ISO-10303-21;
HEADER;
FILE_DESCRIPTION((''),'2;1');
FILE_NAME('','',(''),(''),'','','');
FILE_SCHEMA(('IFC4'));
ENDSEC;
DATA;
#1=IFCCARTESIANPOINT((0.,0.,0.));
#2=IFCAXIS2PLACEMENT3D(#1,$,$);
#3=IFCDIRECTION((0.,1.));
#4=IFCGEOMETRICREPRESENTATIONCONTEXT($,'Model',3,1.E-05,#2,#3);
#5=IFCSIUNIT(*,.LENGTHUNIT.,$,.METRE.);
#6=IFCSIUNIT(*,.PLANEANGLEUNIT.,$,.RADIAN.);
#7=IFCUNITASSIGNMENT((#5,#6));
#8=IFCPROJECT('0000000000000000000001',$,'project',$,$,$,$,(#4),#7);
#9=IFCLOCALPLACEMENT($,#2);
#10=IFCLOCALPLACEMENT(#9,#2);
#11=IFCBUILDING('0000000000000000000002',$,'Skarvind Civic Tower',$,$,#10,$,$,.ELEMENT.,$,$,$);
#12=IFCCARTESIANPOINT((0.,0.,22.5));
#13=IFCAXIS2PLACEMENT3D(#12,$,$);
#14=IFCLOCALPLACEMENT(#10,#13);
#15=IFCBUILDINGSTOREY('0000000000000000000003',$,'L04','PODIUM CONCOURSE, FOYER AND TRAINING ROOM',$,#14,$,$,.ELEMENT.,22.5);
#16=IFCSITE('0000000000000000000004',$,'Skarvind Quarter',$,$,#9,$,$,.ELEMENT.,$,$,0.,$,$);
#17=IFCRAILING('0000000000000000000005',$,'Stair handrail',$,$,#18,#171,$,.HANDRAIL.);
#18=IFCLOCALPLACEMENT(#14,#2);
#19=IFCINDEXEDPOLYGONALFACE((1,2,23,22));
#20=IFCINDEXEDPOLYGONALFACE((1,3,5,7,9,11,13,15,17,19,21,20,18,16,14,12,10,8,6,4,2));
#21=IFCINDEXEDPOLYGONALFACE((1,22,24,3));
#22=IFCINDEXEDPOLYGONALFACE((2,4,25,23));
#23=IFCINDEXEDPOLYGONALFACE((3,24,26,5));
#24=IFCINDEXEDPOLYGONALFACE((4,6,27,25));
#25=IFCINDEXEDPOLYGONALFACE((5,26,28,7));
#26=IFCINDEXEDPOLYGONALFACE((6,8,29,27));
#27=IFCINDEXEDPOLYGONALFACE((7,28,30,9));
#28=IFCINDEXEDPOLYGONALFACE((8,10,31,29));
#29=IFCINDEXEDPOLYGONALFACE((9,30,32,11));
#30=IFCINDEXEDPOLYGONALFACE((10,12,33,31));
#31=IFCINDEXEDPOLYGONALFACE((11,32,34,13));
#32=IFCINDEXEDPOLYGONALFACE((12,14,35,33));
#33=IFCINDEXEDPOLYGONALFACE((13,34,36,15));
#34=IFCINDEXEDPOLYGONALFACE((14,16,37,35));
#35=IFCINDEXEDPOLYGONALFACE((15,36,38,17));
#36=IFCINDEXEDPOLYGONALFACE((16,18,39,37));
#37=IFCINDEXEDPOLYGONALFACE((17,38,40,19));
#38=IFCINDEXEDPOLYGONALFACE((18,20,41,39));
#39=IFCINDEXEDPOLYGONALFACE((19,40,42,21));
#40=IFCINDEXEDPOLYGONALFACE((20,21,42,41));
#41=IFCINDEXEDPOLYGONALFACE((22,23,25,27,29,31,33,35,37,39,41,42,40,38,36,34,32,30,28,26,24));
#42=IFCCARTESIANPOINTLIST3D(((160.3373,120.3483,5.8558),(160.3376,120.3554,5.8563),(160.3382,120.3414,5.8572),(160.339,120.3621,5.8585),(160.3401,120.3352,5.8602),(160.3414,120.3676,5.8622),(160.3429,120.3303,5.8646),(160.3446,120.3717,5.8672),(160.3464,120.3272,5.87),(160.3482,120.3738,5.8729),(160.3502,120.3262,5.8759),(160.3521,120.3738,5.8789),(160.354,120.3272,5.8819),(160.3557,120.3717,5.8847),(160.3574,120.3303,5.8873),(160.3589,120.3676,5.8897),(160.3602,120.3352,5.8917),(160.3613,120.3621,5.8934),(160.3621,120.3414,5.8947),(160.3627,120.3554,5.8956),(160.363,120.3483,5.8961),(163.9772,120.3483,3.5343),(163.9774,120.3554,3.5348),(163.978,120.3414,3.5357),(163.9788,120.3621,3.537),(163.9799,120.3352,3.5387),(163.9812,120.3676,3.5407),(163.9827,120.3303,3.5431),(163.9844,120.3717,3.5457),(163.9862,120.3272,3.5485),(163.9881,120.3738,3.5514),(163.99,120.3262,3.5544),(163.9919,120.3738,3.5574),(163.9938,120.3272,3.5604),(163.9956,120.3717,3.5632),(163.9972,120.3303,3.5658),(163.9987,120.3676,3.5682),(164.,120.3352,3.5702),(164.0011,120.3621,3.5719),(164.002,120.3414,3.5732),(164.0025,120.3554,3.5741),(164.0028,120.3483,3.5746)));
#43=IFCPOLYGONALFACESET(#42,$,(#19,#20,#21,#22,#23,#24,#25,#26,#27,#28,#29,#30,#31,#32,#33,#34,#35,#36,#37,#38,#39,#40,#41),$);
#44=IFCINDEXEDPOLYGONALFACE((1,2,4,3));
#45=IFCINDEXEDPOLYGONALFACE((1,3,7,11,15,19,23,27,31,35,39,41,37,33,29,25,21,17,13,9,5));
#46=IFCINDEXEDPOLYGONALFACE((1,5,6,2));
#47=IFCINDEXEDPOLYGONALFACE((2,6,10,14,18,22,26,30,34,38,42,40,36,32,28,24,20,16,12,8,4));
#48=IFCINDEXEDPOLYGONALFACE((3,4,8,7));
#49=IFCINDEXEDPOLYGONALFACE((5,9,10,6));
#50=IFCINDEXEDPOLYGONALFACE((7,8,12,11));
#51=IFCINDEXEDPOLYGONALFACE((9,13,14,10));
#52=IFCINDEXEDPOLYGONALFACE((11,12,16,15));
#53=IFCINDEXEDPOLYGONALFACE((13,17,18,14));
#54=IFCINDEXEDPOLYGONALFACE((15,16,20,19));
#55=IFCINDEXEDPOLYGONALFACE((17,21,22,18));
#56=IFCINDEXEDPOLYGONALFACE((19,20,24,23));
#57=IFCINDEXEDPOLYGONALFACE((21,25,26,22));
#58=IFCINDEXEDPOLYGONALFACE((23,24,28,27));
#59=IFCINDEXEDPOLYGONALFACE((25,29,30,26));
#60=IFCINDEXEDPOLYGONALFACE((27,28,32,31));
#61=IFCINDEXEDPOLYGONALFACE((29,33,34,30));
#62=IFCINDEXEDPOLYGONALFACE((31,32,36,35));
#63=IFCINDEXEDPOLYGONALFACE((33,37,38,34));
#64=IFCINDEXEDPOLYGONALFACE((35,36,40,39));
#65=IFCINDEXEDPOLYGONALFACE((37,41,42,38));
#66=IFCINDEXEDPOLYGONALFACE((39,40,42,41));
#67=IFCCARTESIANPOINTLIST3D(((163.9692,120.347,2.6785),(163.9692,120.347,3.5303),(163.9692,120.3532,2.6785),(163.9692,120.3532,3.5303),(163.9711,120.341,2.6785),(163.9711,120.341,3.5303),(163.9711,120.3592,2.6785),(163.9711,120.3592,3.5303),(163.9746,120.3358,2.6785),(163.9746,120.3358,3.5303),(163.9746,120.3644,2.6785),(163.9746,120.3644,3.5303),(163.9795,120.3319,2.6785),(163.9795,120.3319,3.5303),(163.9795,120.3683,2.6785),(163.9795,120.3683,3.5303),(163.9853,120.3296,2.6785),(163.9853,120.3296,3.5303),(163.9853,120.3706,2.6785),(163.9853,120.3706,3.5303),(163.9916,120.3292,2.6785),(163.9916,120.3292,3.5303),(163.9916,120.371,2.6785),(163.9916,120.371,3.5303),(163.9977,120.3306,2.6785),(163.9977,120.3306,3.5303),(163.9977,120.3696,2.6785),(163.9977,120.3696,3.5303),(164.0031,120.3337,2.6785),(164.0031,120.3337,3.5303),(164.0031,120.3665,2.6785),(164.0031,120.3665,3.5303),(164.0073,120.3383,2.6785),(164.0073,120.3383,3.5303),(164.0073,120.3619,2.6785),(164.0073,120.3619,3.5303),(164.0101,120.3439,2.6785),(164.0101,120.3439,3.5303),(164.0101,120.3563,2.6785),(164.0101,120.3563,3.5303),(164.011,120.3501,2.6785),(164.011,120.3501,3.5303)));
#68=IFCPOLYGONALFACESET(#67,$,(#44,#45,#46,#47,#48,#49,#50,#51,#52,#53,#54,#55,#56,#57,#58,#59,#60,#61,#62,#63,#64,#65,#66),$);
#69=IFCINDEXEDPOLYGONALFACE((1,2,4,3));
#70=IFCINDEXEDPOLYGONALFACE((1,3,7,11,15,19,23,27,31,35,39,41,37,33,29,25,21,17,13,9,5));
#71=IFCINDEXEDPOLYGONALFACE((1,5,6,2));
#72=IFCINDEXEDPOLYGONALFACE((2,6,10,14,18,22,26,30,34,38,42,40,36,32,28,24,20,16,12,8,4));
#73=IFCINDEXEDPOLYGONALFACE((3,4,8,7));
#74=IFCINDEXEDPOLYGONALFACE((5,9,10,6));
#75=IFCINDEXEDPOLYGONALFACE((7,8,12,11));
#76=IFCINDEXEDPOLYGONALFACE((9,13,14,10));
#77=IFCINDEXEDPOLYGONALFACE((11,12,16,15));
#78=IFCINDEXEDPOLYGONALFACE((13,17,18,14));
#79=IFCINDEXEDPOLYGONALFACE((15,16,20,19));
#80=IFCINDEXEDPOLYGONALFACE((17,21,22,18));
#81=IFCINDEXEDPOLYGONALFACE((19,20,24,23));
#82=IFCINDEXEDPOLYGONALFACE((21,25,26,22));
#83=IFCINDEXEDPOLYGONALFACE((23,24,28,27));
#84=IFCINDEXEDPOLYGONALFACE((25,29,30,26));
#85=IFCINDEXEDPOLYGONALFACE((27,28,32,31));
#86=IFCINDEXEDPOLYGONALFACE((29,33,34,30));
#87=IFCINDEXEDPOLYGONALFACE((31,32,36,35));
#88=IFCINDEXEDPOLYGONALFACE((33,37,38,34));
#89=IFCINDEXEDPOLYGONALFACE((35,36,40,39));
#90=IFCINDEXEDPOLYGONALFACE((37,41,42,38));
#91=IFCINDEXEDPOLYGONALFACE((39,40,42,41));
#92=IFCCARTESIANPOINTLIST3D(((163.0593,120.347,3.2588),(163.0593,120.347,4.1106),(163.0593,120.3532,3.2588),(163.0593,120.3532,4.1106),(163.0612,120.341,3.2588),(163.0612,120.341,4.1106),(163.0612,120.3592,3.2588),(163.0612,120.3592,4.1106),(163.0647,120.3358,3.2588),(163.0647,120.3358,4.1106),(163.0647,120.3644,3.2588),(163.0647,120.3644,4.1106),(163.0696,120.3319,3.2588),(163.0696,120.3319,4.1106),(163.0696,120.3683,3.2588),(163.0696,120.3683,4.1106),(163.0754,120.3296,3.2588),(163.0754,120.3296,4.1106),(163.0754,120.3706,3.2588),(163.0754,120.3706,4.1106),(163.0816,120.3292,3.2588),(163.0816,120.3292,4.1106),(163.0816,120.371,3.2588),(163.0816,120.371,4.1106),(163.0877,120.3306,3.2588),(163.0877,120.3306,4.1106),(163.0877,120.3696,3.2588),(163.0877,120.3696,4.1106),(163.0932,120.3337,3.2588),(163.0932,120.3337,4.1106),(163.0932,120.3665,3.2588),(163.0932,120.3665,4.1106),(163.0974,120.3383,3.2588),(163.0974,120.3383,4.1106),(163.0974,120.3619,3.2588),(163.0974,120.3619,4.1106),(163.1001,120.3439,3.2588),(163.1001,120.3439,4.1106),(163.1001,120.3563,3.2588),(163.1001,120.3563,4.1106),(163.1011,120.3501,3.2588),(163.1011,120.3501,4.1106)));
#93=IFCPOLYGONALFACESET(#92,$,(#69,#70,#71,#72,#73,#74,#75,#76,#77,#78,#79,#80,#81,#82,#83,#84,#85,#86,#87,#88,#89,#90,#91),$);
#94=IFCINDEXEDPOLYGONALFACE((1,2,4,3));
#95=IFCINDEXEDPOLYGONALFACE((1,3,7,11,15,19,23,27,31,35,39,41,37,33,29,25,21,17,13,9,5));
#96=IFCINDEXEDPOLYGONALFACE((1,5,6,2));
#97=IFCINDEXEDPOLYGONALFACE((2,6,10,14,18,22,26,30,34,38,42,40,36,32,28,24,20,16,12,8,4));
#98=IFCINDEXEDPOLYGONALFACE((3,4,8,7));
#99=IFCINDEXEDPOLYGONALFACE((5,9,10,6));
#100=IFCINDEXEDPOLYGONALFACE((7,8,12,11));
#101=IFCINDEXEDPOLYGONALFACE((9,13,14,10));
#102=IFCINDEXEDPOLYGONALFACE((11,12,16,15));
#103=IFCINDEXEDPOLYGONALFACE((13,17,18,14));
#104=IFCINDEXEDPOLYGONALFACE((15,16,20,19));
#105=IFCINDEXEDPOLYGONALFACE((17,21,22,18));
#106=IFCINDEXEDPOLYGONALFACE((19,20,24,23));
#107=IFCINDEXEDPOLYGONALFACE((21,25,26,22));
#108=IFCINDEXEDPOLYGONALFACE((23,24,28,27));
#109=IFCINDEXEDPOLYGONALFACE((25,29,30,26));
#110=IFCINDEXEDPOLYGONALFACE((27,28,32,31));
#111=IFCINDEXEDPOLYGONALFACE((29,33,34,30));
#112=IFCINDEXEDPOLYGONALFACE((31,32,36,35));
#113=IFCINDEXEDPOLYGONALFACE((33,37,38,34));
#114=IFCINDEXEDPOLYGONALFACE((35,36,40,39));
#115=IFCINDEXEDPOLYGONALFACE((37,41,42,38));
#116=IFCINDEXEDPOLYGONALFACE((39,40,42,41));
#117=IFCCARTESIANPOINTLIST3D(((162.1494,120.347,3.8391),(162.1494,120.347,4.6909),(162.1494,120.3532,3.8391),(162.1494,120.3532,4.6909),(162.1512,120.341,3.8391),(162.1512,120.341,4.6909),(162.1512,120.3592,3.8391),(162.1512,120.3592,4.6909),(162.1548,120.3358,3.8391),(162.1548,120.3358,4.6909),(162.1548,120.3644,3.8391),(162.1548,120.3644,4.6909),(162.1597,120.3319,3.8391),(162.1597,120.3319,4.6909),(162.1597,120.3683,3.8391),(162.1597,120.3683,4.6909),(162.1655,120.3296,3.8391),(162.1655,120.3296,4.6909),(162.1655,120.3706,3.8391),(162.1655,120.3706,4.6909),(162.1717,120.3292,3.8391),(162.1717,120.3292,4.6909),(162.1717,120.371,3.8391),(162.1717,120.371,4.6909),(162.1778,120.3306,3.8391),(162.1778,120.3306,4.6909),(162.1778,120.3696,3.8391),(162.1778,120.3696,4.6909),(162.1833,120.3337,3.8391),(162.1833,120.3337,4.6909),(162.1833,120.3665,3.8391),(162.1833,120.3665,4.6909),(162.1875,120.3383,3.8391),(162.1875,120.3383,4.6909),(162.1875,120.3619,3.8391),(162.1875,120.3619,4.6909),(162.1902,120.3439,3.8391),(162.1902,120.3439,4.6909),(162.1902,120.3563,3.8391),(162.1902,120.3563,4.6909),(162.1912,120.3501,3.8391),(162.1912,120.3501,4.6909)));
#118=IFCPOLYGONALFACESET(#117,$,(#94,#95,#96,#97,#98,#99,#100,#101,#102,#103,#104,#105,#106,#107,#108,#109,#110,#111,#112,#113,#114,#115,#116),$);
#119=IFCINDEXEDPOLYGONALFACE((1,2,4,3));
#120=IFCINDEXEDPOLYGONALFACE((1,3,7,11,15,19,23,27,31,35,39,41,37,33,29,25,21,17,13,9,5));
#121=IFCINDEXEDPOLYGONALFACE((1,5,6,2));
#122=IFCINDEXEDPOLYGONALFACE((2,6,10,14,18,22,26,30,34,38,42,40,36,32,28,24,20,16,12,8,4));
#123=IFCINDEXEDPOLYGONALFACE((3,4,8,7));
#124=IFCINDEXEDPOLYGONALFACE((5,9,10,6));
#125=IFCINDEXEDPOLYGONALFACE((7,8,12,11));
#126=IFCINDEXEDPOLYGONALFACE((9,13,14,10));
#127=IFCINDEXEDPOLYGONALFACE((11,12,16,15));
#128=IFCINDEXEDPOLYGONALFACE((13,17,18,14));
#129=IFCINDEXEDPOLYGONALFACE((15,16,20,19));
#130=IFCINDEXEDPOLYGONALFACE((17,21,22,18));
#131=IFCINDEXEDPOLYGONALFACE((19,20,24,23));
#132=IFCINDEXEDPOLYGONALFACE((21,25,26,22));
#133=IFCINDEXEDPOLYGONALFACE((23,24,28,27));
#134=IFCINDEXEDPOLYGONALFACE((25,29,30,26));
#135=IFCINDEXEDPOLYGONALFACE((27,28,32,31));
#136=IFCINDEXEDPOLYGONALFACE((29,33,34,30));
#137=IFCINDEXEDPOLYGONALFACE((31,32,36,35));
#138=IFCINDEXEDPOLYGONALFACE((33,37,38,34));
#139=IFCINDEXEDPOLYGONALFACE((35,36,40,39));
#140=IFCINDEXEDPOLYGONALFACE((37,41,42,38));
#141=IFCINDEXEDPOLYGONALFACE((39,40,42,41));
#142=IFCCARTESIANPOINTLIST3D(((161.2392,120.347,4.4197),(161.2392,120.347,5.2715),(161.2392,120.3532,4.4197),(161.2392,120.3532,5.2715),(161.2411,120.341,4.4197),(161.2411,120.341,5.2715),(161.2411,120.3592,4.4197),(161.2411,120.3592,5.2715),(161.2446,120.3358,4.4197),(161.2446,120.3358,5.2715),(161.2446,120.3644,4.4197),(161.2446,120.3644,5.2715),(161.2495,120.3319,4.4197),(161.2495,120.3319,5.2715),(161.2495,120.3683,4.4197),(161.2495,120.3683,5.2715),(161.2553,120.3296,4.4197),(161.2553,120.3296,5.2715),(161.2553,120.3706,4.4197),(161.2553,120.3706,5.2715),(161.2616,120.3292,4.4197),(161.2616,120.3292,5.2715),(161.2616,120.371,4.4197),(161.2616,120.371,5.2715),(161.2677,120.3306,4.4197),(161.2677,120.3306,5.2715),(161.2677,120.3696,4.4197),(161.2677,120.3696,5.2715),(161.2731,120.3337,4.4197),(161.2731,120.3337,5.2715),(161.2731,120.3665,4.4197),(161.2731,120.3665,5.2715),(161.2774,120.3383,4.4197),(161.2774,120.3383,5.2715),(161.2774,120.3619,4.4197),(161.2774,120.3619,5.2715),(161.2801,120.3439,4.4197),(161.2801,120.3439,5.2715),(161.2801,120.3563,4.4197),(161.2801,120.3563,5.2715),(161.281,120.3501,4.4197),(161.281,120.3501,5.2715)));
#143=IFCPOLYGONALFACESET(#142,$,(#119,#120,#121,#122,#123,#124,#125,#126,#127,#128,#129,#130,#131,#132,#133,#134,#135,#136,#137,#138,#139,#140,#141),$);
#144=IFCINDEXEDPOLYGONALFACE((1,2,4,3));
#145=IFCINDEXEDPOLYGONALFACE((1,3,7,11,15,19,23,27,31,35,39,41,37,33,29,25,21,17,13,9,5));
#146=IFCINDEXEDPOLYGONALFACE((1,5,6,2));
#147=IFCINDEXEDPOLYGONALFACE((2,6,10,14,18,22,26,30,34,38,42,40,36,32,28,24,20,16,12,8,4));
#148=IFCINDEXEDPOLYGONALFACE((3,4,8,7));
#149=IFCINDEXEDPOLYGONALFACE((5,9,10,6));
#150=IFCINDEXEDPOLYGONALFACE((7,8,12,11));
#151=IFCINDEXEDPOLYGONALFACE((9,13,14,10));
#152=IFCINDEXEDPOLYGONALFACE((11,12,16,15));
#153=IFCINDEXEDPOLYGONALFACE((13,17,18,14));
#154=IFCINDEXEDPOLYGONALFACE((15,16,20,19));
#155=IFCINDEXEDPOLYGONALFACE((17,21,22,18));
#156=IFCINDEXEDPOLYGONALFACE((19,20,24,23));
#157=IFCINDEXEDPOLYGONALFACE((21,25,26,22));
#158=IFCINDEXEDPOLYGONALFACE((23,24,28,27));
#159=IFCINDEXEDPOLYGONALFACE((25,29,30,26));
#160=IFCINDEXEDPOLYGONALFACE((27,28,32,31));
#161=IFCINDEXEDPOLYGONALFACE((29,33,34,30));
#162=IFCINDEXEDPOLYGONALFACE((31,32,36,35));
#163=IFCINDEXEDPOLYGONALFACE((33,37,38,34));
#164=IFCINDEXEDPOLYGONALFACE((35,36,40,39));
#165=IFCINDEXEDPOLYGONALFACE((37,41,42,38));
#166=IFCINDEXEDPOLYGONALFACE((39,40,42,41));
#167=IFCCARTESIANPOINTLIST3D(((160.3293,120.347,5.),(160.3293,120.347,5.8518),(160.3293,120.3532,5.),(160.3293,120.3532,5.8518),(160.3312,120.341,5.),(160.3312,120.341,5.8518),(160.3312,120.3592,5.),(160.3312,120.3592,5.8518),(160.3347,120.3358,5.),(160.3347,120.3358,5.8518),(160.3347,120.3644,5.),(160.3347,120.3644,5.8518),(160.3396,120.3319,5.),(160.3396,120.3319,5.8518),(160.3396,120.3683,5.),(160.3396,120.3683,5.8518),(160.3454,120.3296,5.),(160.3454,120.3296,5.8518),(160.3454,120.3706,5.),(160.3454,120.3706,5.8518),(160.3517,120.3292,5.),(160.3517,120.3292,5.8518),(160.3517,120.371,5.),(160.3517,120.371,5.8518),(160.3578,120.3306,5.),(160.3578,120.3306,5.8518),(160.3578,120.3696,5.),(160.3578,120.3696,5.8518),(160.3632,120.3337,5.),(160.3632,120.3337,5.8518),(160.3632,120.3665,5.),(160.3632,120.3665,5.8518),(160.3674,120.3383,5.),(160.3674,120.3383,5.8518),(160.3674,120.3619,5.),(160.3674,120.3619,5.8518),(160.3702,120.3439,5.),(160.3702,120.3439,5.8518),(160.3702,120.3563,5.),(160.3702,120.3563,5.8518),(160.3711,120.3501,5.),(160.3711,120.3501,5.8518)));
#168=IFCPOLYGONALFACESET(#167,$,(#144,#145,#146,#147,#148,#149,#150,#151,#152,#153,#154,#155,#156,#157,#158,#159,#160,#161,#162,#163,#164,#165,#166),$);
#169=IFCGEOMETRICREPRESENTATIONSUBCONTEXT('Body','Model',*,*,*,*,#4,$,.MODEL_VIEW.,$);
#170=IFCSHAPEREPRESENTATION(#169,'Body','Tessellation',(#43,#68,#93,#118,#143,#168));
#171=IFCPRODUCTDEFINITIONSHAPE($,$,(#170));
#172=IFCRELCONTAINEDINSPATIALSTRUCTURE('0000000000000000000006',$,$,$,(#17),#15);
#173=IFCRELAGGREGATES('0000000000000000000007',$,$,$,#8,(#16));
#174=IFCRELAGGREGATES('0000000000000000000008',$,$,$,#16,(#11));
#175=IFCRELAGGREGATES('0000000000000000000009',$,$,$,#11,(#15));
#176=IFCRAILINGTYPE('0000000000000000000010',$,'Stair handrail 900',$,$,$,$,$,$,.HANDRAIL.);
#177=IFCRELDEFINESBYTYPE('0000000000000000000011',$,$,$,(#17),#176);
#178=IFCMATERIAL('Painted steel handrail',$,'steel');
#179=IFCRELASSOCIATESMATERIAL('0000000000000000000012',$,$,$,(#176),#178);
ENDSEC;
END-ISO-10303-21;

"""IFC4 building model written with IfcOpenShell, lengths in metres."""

from ifc_helpers import new_model, si_unit, direction, frame, origin, origin_2d, place, context, subcontext, project, spatial, circle, extrude, material, type_object, element, save


model = new_model("IFC4")

# Units and contexts
model_context = context("Model", 3, precision=1e-05, world=origin(), true_north=direction((0.0, 1.0)))
body_context = subcontext(model_context, "Body", "Model", "MODEL_VIEW")
ifc_project = project(units=[si_unit("LENGTHUNIT", "METRE"), si_unit("PLANEANGLEUNIT", "RADIAN")], contexts=[model_context])

# Site, building, storey
site_placement = place(None, origin())
site = spatial("IfcSite", under=ifc_project, at=site_placement, Name="Skarvind Quarter", CompositionType="ELEMENT", RefElevation=0.0)
building_placement = place(site_placement, origin())
building = spatial("IfcBuilding", under=site, at=building_placement, Name="Skarvind Civic Tower", CompositionType="ELEMENT")
storey_placement = place(building_placement, frame((0.0, 0.0, 22.5)))
storey = spatial("IfcBuildingStorey", under=building, at=storey_placement, Name="L04", Description="PODIUM CONCOURSE, FOYER AND TRAINING ROOM", CompositionType="ELEMENT", Elevation=22.5)

# Railing
ifc_material_1 = material(Name="Painted steel handrail", Category="steel")
railing_type = type_object("IfcRailingType", Name="Stair handrail 900", PredefinedType="HANDRAIL", material=ifc_material_1)
railing_placement = place(storey_placement, frame((163.99, 120.3501, 2.6785)))
element("IfcRailing", 1, at=railing_placement, inside=storey, type_object=railing_type, Name="Stair handrail", PredefinedType="HANDRAIL", context=body_context, shape_type="SweptSolid", body=[
    extrude(circle(Radius=0.0239, at=origin_2d()), frame((0.0, 0.0, 0.876), z_axis=(-0.843112, 0.0, 0.537739), x_axis=(0.0, -1.0, 0.0)), (0.0, 0.0, 1.0), 4.3171),
    extrude(circle(Radius=0.021, at=origin_2d()), origin(), (0.0, 0.0, 1.0), 0.8518),
    extrude(circle(Radius=0.021, at=origin_2d()), frame((-0.9099, 0.0, 0.5803)), (0.0, 0.0, 1.0), 0.8518),
    extrude(circle(Radius=0.021, at=origin_2d()), frame((-1.8198, 0.0, 1.1606)), (0.0, 0.0, 1.0), 0.8518),
    extrude(circle(Radius=0.021, at=origin_2d()), frame((-2.73, 0.0, 1.7412)), (0.0, 0.0, 1.0), 0.8518),
    extrude(circle(Radius=0.021, at=origin_2d()), frame((-3.6399, 0.0, 2.3215)), (0.0, 0.0, 1.0), 0.8518),
])

save(model, "model.ifc")
